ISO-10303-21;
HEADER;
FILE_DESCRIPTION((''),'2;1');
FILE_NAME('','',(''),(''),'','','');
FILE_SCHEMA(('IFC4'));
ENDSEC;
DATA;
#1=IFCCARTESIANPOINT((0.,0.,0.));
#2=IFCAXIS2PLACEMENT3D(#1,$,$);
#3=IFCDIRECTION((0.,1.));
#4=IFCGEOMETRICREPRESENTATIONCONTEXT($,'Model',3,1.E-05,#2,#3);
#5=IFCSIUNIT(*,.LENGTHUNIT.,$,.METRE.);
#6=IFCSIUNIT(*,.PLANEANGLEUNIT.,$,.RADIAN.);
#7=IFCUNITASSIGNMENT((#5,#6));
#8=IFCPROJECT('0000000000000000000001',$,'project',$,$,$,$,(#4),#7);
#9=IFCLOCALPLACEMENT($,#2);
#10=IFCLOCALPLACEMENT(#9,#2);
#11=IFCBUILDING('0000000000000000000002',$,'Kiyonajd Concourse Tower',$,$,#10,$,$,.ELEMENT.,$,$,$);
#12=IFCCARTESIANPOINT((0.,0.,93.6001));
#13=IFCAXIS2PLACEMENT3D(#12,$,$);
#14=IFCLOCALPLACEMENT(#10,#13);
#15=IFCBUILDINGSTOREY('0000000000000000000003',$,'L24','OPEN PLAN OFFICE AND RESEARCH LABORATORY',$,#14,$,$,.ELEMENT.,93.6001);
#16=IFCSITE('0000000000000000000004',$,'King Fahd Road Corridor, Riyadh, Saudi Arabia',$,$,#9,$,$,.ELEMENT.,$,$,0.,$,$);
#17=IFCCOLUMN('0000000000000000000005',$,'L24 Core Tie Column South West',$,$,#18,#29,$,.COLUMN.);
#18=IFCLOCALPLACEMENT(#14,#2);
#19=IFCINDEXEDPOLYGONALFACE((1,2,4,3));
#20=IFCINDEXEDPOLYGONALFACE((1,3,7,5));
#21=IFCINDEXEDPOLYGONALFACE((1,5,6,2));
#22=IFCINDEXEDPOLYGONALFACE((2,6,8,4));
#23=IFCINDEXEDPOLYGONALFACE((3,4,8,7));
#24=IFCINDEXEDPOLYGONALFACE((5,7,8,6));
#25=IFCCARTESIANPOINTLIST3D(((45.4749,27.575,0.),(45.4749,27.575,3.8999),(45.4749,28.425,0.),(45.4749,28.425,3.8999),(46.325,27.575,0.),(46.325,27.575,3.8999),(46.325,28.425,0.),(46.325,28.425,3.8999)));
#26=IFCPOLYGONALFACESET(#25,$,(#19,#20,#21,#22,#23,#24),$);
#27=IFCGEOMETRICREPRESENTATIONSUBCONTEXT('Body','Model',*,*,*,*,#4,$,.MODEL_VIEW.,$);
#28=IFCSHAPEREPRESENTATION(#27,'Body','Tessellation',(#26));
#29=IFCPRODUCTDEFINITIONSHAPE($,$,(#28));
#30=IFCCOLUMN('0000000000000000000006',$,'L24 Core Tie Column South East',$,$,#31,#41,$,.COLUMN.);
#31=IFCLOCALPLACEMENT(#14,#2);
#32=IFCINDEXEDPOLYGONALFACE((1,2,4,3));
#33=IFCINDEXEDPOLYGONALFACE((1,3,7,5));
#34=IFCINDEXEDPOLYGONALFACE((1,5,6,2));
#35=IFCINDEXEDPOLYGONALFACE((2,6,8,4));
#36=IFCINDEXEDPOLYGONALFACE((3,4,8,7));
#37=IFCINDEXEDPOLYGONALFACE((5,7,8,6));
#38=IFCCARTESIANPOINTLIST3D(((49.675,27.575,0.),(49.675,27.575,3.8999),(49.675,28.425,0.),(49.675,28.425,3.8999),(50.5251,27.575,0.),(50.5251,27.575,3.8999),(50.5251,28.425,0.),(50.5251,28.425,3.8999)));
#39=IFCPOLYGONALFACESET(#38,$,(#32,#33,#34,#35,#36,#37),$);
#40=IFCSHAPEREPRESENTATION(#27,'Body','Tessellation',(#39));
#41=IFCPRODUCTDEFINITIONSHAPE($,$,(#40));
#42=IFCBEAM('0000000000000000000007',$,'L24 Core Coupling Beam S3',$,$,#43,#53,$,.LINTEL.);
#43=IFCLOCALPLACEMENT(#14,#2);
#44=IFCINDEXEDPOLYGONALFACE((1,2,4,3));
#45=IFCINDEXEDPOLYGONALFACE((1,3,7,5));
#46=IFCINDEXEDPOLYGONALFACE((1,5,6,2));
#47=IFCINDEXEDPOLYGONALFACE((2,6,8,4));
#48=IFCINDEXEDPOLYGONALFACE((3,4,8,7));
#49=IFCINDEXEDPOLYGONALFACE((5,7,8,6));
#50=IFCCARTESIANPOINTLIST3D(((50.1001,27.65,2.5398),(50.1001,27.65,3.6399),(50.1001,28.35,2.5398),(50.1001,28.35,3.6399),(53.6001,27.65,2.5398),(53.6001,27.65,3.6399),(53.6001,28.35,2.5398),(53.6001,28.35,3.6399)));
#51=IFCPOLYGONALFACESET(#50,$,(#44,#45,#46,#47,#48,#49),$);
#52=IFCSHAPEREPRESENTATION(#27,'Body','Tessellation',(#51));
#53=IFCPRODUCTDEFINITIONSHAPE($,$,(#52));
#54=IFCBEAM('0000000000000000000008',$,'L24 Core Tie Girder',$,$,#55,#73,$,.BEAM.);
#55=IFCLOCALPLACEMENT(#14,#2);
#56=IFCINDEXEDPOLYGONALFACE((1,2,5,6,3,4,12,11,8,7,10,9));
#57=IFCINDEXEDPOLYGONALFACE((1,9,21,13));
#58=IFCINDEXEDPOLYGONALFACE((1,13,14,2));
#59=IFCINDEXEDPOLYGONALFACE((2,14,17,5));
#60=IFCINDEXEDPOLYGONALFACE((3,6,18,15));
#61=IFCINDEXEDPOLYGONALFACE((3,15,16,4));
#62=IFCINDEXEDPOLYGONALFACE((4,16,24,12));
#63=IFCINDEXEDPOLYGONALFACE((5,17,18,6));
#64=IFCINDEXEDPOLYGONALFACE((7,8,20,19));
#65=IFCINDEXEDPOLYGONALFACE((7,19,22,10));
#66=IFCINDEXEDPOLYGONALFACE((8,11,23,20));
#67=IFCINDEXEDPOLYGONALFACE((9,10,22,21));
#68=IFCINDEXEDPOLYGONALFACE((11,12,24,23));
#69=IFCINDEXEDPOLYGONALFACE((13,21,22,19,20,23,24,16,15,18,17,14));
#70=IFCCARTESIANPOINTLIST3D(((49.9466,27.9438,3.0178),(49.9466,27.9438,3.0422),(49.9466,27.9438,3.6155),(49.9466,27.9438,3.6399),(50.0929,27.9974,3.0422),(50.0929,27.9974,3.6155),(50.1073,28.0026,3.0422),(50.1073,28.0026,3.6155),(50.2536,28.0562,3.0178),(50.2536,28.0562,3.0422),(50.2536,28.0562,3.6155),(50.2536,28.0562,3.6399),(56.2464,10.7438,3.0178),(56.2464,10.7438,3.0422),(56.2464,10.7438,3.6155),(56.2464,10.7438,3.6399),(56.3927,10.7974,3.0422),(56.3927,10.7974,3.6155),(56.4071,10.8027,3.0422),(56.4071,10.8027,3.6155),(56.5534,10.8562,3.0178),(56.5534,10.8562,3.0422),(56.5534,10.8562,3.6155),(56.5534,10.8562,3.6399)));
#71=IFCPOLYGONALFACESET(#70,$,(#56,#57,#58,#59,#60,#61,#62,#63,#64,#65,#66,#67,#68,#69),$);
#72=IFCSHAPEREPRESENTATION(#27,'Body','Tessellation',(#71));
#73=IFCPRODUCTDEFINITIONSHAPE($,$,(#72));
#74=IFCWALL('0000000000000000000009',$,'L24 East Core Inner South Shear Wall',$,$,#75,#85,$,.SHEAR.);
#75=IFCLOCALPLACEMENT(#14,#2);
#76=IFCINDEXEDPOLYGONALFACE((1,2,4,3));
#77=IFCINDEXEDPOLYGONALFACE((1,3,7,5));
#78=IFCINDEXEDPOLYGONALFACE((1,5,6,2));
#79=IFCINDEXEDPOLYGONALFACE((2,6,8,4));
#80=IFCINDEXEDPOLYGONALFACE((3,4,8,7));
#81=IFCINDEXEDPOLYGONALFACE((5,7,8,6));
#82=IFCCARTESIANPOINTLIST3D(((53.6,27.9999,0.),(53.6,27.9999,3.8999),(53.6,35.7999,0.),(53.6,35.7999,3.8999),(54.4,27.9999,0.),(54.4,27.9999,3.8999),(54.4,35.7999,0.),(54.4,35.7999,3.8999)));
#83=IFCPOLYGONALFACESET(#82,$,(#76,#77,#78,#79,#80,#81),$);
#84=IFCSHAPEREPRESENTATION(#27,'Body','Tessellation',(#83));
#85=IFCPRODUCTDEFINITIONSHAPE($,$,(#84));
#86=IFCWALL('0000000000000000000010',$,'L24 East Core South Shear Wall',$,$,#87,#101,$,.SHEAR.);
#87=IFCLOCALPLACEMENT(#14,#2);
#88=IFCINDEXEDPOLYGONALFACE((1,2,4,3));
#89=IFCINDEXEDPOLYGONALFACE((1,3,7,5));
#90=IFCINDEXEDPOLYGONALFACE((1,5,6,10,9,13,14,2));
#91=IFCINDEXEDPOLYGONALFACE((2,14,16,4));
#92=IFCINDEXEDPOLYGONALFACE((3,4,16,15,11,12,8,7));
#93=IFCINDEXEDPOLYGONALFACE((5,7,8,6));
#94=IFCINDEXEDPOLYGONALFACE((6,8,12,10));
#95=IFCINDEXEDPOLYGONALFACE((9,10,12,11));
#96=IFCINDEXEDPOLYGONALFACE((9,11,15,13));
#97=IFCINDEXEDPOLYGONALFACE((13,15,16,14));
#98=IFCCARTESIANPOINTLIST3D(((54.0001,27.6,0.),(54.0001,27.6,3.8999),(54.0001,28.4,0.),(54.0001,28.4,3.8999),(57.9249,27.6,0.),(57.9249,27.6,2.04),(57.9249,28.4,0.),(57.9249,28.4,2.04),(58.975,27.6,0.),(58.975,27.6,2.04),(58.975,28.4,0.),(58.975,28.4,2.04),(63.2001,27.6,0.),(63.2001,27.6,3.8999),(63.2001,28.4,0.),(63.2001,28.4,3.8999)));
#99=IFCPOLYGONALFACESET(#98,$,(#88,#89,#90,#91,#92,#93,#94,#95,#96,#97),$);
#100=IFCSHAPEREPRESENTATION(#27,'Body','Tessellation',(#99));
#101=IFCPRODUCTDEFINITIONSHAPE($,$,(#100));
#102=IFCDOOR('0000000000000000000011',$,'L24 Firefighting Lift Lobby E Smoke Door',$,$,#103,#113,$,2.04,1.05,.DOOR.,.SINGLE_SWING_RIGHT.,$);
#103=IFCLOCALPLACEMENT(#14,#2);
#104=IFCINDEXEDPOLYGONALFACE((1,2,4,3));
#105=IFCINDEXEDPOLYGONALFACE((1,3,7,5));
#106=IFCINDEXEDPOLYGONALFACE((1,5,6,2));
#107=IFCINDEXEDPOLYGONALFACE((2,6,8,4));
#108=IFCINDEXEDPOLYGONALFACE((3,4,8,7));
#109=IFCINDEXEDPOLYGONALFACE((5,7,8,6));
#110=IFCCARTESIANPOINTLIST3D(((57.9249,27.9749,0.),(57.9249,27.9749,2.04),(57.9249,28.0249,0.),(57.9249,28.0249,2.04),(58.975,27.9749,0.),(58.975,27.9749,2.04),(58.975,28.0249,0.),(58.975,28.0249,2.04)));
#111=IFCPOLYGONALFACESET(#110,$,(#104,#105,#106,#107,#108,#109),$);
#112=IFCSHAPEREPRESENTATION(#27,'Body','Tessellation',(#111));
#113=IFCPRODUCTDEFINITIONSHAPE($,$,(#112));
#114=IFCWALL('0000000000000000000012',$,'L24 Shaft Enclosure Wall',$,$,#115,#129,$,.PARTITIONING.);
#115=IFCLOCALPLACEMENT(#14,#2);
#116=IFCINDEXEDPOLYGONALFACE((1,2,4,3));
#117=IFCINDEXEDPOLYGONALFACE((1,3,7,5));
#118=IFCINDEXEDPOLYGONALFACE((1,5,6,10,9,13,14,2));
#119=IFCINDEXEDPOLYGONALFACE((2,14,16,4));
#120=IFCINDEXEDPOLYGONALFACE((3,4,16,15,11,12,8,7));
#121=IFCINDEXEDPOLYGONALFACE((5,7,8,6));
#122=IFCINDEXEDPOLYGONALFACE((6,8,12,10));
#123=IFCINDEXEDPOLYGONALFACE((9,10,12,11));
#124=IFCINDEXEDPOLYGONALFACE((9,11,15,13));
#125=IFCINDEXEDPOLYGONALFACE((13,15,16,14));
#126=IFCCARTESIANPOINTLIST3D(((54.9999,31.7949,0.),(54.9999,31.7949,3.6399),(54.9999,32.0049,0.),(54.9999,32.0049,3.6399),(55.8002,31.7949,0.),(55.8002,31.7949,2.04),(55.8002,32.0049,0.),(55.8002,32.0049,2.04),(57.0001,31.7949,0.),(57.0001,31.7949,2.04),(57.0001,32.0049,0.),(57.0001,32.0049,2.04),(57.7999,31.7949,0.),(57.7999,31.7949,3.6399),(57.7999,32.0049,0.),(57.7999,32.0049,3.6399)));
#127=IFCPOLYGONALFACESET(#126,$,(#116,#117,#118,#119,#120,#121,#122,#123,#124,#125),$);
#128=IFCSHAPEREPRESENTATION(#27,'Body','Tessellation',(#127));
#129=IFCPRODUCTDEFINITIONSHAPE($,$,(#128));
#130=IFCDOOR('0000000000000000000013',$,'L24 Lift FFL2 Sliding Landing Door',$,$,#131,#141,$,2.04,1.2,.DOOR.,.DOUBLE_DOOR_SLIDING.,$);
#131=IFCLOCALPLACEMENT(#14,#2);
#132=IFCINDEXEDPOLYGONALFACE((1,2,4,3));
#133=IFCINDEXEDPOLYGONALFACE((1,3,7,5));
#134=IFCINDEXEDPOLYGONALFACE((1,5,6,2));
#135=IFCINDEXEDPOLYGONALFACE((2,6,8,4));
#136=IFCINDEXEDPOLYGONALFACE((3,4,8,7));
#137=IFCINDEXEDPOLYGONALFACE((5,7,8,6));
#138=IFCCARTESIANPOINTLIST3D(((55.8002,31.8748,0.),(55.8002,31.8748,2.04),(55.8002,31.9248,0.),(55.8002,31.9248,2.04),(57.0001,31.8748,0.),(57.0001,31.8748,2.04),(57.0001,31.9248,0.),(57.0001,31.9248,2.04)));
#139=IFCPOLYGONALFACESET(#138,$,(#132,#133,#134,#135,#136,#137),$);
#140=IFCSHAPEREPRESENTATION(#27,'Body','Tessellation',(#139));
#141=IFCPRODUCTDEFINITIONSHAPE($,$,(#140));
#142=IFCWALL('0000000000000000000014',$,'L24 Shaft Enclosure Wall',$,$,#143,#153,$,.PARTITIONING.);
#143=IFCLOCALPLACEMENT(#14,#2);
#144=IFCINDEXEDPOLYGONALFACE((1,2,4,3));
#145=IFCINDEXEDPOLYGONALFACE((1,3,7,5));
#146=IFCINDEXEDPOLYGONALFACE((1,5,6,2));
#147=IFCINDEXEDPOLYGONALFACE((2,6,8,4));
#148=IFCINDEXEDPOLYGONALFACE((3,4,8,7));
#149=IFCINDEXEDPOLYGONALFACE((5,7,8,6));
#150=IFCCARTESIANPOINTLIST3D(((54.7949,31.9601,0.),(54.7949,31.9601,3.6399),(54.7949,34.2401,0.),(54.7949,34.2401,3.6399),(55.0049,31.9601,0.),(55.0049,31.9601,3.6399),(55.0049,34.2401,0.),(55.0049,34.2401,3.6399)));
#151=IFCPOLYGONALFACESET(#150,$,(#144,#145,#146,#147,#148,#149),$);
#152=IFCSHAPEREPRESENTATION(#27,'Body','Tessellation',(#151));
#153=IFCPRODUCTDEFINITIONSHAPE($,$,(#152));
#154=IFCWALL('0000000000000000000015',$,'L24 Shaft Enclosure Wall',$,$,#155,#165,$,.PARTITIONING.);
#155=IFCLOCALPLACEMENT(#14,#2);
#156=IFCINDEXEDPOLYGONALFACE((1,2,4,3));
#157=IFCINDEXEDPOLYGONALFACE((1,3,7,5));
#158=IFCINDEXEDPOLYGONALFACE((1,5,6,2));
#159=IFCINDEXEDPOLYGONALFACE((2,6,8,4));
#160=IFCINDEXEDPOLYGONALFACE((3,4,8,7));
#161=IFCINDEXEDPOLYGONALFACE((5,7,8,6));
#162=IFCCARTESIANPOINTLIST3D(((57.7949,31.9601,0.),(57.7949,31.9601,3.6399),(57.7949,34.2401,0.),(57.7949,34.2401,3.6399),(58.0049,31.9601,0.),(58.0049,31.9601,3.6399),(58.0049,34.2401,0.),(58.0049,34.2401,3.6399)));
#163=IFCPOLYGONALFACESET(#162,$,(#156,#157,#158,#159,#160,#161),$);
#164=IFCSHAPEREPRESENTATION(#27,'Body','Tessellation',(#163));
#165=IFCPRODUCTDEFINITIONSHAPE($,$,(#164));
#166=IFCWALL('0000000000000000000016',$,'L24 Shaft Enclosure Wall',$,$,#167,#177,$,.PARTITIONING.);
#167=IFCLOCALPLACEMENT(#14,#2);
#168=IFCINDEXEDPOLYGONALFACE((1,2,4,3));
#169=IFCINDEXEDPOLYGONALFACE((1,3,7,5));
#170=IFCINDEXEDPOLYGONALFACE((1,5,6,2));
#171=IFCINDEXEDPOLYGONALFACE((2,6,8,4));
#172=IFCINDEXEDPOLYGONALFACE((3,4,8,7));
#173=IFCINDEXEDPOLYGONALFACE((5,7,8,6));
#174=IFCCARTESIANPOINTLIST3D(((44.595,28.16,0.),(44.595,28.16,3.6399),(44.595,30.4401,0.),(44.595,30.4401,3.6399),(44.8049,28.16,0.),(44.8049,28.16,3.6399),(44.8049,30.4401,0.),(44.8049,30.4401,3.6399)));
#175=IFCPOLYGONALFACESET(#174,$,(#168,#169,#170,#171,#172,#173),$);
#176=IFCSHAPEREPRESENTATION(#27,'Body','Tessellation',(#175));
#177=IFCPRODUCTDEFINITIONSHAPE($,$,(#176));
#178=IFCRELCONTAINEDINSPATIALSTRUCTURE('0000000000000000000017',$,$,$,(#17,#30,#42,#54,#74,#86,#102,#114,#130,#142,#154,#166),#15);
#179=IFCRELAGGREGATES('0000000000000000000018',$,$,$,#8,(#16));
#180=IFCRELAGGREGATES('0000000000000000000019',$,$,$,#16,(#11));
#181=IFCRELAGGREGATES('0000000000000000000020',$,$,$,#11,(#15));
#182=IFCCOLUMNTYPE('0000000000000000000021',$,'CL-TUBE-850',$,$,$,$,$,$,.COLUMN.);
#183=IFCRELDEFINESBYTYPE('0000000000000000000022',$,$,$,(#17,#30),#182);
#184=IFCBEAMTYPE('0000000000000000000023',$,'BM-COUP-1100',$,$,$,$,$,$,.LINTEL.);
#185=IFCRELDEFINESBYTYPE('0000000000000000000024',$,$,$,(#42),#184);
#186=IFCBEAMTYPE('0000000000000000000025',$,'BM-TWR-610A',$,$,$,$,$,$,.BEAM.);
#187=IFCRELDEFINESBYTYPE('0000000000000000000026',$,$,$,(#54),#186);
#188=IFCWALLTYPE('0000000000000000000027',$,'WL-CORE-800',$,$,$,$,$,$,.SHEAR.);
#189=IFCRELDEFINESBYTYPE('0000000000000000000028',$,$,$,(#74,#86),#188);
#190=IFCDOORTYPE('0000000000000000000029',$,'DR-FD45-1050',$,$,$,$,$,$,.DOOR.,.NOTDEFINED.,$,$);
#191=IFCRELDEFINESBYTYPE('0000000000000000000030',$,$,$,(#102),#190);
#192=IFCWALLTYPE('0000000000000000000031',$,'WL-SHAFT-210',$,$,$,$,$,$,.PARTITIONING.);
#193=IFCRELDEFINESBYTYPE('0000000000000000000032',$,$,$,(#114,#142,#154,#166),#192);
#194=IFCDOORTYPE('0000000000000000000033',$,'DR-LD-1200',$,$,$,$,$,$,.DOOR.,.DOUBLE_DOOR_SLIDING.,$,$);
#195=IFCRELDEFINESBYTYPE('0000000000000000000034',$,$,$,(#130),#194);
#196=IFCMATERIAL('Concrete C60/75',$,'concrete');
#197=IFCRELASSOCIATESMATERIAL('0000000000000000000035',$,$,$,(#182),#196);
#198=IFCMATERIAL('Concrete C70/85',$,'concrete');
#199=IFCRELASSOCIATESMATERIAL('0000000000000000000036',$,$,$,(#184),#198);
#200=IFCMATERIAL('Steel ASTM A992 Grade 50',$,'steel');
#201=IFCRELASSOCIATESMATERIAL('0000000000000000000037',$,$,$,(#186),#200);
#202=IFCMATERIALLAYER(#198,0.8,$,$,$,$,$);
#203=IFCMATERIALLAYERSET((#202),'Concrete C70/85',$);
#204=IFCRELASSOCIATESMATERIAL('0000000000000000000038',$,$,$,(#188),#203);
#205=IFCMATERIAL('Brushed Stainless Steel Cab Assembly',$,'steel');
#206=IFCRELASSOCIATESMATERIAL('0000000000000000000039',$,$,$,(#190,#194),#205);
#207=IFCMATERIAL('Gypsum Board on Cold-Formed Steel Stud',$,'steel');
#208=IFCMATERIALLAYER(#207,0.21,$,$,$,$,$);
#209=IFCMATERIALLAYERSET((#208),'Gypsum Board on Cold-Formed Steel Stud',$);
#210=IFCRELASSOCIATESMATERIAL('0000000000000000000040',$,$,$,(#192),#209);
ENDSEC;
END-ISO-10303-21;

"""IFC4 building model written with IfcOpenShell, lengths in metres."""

from ifc_helpers import new_model, si_unit, direction, frame, frame_2d, origin, origin_2d, place, context, subcontext, project, spatial, rectangle, i_section, extrude, material, layer, layer_set, material_profile, profile_set, type_object, element, fill, save


model = new_model("IFC4")

# Units and contexts
model_context = context("Model", 3, precision=1e-05, world=origin(), true_north=direction((0.0, 1.0)))
body_context = subcontext(model_context, "Body", "Model", "MODEL_VIEW")
ifc_project = project(units=[si_unit("LENGTHUNIT", "METRE"), si_unit("PLANEANGLEUNIT", "RADIAN")], contexts=[model_context])

# Site, building, storey
site_placement = place(None, origin())
site = spatial("IfcSite", under=ifc_project, at=site_placement, Name="King Fahd Road Corridor, Riyadh, Saudi Arabia", CompositionType="ELEMENT", RefElevation=0.0)
building_placement = place(site_placement, origin())
building = spatial("IfcBuilding", under=site, at=building_placement, Name="Kiyonajd Concourse Tower", CompositionType="ELEMENT")
storey_placement = place(building_placement, frame((0.0, 0.0, 93.6001)))
storey = spatial("IfcBuildingStorey", under=building, at=storey_placement, Name="L24", Description="OPEN PLAN OFFICE AND RESEARCH LABORATORY", CompositionType="ELEMENT", Elevation=93.6001)

# Columns
ifc_material_1 = material(Name="Concrete C60/75", Category="concrete")
ifc_material_profile_1 = material_profile(ifc_material_1, rectangle(XDim=0.8501, YDim=0.8501, at=origin_2d()), Name="RC-850x850")
ifc_profile_set_1 = profile_set([ifc_material_profile_1], Name="Concrete C60/75")
column_type = type_object("IfcColumnType", Name="CL-TUBE-850", PredefinedType="COLUMN", material=ifc_profile_set_1)
for number, where, z_axis, x_axis, name in (
    (1, (45.8999, 28.0, 0.0), (0.0, 0.0, 1.0), (1.0, 0.0, 0.0), "L24 Core Tie Column South West"),
    (2, (50.1001, 28.0, 0.0), (0.0, 0.0, 1.0), (1.0, 0.0, 0.0), "L24 Core Tie Column South East"),
):
    element("IfcColumn", number, at=place(storey_placement, frame(where, z_axis=z_axis, x_axis=x_axis)), inside=storey, type_object=column_type, Name=name, PredefinedType="COLUMN", context=body_context, shape_type="SweptSolid", body=[
        extrude(rectangle(XDim=0.8501, YDim=0.8501, at=origin_2d()), origin(), (0.0, 0.0, 1.0), 3.8999),
    ])

# Beams
ifc_material_2 = material(Name="Concrete C70/85", Category="concrete")
ifc_material_profile_2 = material_profile(ifc_material_2, rectangle(XDim=0.7, YDim=1.1001, at=origin_2d()), Name="RCBM-700x1100")
ifc_profile_set_2 = profile_set([ifc_material_profile_2], Name="Concrete C70/85")
beam_type_1 = type_object("IfcBeamType", Name="BM-COUP-1100", PredefinedType="LINTEL", material=ifc_profile_set_2)
beam_1_placement = place(storey_placement, frame((50.1001, 28.0, 3.0898), z_axis=(1.0, 0.0, 0.0), x_axis=(0.0, 1.0, 0.0)))
element("IfcBeam", 3, at=beam_1_placement, inside=storey, type_object=beam_type_1, Name="L24 Core Coupling Beam S3", PredefinedType="LINTEL", context=body_context, shape_type="SweptSolid", body=[
    extrude(rectangle(XDim=0.7, YDim=1.1001, at=origin_2d()), origin(), (0.0, 0.0, 1.0), 3.5),
])
ifc_material_3 = material(Name="Steel ASTM A992 Grade 50", Category="steel")
ifc_material_profile_3 = material_profile(ifc_material_3, i_section(OverallWidth=0.3269, OverallDepth=0.6221, WebThickness=0.0154, FlangeThickness=0.0244, at=origin_2d()), Name="W610X195")
ifc_profile_set_3 = profile_set([ifc_material_profile_3], Name="Steel ASTM A992 Grade 50")
beam_type_2 = type_object("IfcBeamType", Name="BM-TWR-610A", PredefinedType="BEAM", material=ifc_profile_set_3)
beam_2_placement = place(storey_placement, frame((50.1001, 28.0, 3.3289), z_axis=(0.343925, -0.938997, 0.0), x_axis=(0.938997, 0.343925, 0.0)))
element("IfcBeam", 4, at=beam_2_placement, inside=storey, type_object=beam_type_2, Name="L24 Core Tie Girder", PredefinedType="BEAM", context=body_context, shape_type="SweptSolid", body=[
    extrude(i_section(OverallWidth=0.3269, OverallDepth=0.6221, WebThickness=0.0154, FlangeThickness=0.0244, at=origin_2d()), origin(), (0.0, 0.0, 1.0), 18.3174),
])

# Wall
ifc_layer_1 = layer(ifc_material_2, 0.8)
ifc_layer_set_1 = layer_set([ifc_layer_1], Name="Concrete C70/85")
wall_type_1 = type_object("IfcWallType", Name="WL-CORE-800", PredefinedType="SHEAR", material=ifc_layer_set_1)
wall_1_placement = place(storey_placement, frame((54.0, 28.0, 0.0), z_axis=(0.0, 0.0, 1.0), x_axis=(0.0, 1.0, 0.0)))
element("IfcWall", 5, at=wall_1_placement, inside=storey, type_object=wall_type_1, Name="L24 East Core Inner South Shear Wall", PredefinedType="SHEAR", context=body_context, shape_type="SweptSolid", body=[
    extrude(rectangle(XDim=7.8, YDim=0.8, at=frame_2d((3.8999, 0.0))), origin(), (0.0, 0.0, 1.0), 3.8999),
])

# Walls, openings, doors
wall_2_placement = place(storey_placement, frame((54.0, 28.0, 0.0), z_axis=(0.0, 0.0, 1.0), x_axis=(1.0, 0.0, 0.0)))
wall_2 = element("IfcWall", 6, at=wall_2_placement, inside=storey, type_object=wall_type_1, Name="L24 East Core South Shear Wall", PredefinedType="SHEAR", context=body_context, shape_type="SweptSolid", body=[
    extrude(rectangle(XDim=9.2, YDim=0.8, at=frame_2d((4.6001, 0.0))), origin(), (0.0, 0.0, 1.0), 3.8999),
])
opening_1_placement = place(wall_2_placement, frame((3.925, 0.0, 0.0)))
opening_1 = element("IfcOpeningElement", 7, at=opening_1_placement, cuts=wall_2, PredefinedType="OPENING", context=body_context, shape_type="SweptSolid", body=[
    extrude(rectangle(XDim=1.05, YDim=2.04, at=frame_2d((0.5249, 1.02))), frame((0.0, 0.4099, 0.0), z_axis=(0.0, -1.0, 0.0), x_axis=(1.0, 0.0, 0.0)), (0.0, 0.0, 1.0), 0.8201),
])
ifc_material_4 = material(Name="Brushed Stainless Steel Cab Assembly", Category="steel")
door_type_1 = type_object("IfcDoorType", Name="DR-FD45-1050", OperationType="NOTDEFINED", PredefinedType="DOOR", material=ifc_material_4)
door_1_placement = place(opening_1_placement, origin())
door_1 = element("IfcDoor", 8, at=door_1_placement, inside=storey, type_object=door_type_1, Name="L24 Firefighting Lift Lobby E Smoke Door", OperationType="SINGLE_SWING_RIGHT", OverallHeight=2.04, OverallWidth=1.05, PredefinedType="DOOR", context=body_context, shape_type="SweptSolid", body=[
    extrude(rectangle(XDim=1.05, YDim=2.04, at=frame_2d((0.5249, 1.02))), frame((0.0, 0.0249, 0.0), z_axis=(0.0, -1.0, 0.0), x_axis=(1.0, 0.0, 0.0)), (0.0, 0.0, 1.0), 0.05),
])
fill(opening_1, door_1)
ifc_material_5 = material(Name="Gypsum Board on Cold-Formed Steel Stud", Category="steel")
ifc_layer_2 = layer(ifc_material_5, 0.21)
ifc_layer_set_2 = layer_set([ifc_layer_2], Name="Gypsum Board on Cold-Formed Steel Stud")
wall_type_2 = type_object("IfcWallType", Name="WL-SHAFT-210", PredefinedType="PARTITIONING", material=ifc_layer_set_2)
wall_3_placement = place(storey_placement, frame((55.0, 31.8999, 0.0), z_axis=(0.0, 0.0, 1.0), x_axis=(1.0, 0.0, 0.0)))
wall_3 = element("IfcWall", 9, at=wall_3_placement, inside=storey, type_object=wall_type_2, Name="L24 Shaft Enclosure Wall", PredefinedType="PARTITIONING", context=body_context, shape_type="SweptSolid", body=[
    extrude(rectangle(XDim=2.8, YDim=0.21, at=frame_2d((1.3999, 0.0))), origin(), (0.0, 0.0, 1.0), 3.6399),
])
opening_2_placement = place(wall_3_placement, frame((0.8, 0.0, 0.0)))
opening_2 = element("IfcOpeningElement", 10, at=opening_2_placement, cuts=wall_3, PredefinedType="OPENING", context=body_context, shape_type="SweptSolid", body=[
    extrude(rectangle(XDim=1.2, YDim=2.04, at=frame_2d((0.6001, 1.02))), frame((0.0, 0.115, 0.0), z_axis=(0.0, -1.0, 0.0), x_axis=(1.0, 0.0, 0.0)), (0.0, 0.0, 1.0), 0.23),
])
door_type_2 = type_object("IfcDoorType", Name="DR-LD-1200", OperationType="DOUBLE_DOOR_SLIDING", PredefinedType="DOOR", material=ifc_material_4)
door_2_placement = place(opening_2_placement, origin())
door_2 = element("IfcDoor", 11, at=door_2_placement, inside=storey, type_object=door_type_2, Name="L24 Lift FFL2 Sliding Landing Door", OperationType="DOUBLE_DOOR_SLIDING", OverallHeight=2.04, OverallWidth=1.2, PredefinedType="DOOR", context=body_context, shape_type="SweptSolid", body=[
    extrude(rectangle(XDim=1.2, YDim=2.04, at=frame_2d((0.6001, 1.02))), frame((0.0, 0.0249, 0.0), z_axis=(0.0, -1.0, 0.0), x_axis=(1.0, 0.0, 0.0)), (0.0, 0.0, 1.0), 0.05),
])
fill(opening_2, door_2)

# Walls
for number, where, z_axis, x_axis, name in (
    (12, (54.8999, 31.96, 0.0), (0.0, 0.0, 1.0), (0.0, 1.0, 0.0), "L24 Shaft Enclosure Wall"),
    (13, (57.8999, 31.96, 0.0), (0.0, 0.0, 1.0), (0.0, 1.0, 0.0), "L24 Shaft Enclosure Wall"),
    (14, (44.7, 28.1599, 0.0), (0.0, 0.0, 1.0), (0.0, 1.0, 0.0), "L24 Shaft Enclosure Wall"),
):
    element("IfcWall", number, at=place(storey_placement, frame(where, z_axis=z_axis, x_axis=x_axis)), inside=storey, type_object=wall_type_2, Name=name, PredefinedType="PARTITIONING", context=body_context, shape_type="SweptSolid", body=[
        extrude(rectangle(XDim=2.28, YDim=0.21, at=frame_2d((1.1401, 0.0))), origin(), (0.0, 0.0, 1.0), 3.6399),
    ])

save(model, "model.ifc")
